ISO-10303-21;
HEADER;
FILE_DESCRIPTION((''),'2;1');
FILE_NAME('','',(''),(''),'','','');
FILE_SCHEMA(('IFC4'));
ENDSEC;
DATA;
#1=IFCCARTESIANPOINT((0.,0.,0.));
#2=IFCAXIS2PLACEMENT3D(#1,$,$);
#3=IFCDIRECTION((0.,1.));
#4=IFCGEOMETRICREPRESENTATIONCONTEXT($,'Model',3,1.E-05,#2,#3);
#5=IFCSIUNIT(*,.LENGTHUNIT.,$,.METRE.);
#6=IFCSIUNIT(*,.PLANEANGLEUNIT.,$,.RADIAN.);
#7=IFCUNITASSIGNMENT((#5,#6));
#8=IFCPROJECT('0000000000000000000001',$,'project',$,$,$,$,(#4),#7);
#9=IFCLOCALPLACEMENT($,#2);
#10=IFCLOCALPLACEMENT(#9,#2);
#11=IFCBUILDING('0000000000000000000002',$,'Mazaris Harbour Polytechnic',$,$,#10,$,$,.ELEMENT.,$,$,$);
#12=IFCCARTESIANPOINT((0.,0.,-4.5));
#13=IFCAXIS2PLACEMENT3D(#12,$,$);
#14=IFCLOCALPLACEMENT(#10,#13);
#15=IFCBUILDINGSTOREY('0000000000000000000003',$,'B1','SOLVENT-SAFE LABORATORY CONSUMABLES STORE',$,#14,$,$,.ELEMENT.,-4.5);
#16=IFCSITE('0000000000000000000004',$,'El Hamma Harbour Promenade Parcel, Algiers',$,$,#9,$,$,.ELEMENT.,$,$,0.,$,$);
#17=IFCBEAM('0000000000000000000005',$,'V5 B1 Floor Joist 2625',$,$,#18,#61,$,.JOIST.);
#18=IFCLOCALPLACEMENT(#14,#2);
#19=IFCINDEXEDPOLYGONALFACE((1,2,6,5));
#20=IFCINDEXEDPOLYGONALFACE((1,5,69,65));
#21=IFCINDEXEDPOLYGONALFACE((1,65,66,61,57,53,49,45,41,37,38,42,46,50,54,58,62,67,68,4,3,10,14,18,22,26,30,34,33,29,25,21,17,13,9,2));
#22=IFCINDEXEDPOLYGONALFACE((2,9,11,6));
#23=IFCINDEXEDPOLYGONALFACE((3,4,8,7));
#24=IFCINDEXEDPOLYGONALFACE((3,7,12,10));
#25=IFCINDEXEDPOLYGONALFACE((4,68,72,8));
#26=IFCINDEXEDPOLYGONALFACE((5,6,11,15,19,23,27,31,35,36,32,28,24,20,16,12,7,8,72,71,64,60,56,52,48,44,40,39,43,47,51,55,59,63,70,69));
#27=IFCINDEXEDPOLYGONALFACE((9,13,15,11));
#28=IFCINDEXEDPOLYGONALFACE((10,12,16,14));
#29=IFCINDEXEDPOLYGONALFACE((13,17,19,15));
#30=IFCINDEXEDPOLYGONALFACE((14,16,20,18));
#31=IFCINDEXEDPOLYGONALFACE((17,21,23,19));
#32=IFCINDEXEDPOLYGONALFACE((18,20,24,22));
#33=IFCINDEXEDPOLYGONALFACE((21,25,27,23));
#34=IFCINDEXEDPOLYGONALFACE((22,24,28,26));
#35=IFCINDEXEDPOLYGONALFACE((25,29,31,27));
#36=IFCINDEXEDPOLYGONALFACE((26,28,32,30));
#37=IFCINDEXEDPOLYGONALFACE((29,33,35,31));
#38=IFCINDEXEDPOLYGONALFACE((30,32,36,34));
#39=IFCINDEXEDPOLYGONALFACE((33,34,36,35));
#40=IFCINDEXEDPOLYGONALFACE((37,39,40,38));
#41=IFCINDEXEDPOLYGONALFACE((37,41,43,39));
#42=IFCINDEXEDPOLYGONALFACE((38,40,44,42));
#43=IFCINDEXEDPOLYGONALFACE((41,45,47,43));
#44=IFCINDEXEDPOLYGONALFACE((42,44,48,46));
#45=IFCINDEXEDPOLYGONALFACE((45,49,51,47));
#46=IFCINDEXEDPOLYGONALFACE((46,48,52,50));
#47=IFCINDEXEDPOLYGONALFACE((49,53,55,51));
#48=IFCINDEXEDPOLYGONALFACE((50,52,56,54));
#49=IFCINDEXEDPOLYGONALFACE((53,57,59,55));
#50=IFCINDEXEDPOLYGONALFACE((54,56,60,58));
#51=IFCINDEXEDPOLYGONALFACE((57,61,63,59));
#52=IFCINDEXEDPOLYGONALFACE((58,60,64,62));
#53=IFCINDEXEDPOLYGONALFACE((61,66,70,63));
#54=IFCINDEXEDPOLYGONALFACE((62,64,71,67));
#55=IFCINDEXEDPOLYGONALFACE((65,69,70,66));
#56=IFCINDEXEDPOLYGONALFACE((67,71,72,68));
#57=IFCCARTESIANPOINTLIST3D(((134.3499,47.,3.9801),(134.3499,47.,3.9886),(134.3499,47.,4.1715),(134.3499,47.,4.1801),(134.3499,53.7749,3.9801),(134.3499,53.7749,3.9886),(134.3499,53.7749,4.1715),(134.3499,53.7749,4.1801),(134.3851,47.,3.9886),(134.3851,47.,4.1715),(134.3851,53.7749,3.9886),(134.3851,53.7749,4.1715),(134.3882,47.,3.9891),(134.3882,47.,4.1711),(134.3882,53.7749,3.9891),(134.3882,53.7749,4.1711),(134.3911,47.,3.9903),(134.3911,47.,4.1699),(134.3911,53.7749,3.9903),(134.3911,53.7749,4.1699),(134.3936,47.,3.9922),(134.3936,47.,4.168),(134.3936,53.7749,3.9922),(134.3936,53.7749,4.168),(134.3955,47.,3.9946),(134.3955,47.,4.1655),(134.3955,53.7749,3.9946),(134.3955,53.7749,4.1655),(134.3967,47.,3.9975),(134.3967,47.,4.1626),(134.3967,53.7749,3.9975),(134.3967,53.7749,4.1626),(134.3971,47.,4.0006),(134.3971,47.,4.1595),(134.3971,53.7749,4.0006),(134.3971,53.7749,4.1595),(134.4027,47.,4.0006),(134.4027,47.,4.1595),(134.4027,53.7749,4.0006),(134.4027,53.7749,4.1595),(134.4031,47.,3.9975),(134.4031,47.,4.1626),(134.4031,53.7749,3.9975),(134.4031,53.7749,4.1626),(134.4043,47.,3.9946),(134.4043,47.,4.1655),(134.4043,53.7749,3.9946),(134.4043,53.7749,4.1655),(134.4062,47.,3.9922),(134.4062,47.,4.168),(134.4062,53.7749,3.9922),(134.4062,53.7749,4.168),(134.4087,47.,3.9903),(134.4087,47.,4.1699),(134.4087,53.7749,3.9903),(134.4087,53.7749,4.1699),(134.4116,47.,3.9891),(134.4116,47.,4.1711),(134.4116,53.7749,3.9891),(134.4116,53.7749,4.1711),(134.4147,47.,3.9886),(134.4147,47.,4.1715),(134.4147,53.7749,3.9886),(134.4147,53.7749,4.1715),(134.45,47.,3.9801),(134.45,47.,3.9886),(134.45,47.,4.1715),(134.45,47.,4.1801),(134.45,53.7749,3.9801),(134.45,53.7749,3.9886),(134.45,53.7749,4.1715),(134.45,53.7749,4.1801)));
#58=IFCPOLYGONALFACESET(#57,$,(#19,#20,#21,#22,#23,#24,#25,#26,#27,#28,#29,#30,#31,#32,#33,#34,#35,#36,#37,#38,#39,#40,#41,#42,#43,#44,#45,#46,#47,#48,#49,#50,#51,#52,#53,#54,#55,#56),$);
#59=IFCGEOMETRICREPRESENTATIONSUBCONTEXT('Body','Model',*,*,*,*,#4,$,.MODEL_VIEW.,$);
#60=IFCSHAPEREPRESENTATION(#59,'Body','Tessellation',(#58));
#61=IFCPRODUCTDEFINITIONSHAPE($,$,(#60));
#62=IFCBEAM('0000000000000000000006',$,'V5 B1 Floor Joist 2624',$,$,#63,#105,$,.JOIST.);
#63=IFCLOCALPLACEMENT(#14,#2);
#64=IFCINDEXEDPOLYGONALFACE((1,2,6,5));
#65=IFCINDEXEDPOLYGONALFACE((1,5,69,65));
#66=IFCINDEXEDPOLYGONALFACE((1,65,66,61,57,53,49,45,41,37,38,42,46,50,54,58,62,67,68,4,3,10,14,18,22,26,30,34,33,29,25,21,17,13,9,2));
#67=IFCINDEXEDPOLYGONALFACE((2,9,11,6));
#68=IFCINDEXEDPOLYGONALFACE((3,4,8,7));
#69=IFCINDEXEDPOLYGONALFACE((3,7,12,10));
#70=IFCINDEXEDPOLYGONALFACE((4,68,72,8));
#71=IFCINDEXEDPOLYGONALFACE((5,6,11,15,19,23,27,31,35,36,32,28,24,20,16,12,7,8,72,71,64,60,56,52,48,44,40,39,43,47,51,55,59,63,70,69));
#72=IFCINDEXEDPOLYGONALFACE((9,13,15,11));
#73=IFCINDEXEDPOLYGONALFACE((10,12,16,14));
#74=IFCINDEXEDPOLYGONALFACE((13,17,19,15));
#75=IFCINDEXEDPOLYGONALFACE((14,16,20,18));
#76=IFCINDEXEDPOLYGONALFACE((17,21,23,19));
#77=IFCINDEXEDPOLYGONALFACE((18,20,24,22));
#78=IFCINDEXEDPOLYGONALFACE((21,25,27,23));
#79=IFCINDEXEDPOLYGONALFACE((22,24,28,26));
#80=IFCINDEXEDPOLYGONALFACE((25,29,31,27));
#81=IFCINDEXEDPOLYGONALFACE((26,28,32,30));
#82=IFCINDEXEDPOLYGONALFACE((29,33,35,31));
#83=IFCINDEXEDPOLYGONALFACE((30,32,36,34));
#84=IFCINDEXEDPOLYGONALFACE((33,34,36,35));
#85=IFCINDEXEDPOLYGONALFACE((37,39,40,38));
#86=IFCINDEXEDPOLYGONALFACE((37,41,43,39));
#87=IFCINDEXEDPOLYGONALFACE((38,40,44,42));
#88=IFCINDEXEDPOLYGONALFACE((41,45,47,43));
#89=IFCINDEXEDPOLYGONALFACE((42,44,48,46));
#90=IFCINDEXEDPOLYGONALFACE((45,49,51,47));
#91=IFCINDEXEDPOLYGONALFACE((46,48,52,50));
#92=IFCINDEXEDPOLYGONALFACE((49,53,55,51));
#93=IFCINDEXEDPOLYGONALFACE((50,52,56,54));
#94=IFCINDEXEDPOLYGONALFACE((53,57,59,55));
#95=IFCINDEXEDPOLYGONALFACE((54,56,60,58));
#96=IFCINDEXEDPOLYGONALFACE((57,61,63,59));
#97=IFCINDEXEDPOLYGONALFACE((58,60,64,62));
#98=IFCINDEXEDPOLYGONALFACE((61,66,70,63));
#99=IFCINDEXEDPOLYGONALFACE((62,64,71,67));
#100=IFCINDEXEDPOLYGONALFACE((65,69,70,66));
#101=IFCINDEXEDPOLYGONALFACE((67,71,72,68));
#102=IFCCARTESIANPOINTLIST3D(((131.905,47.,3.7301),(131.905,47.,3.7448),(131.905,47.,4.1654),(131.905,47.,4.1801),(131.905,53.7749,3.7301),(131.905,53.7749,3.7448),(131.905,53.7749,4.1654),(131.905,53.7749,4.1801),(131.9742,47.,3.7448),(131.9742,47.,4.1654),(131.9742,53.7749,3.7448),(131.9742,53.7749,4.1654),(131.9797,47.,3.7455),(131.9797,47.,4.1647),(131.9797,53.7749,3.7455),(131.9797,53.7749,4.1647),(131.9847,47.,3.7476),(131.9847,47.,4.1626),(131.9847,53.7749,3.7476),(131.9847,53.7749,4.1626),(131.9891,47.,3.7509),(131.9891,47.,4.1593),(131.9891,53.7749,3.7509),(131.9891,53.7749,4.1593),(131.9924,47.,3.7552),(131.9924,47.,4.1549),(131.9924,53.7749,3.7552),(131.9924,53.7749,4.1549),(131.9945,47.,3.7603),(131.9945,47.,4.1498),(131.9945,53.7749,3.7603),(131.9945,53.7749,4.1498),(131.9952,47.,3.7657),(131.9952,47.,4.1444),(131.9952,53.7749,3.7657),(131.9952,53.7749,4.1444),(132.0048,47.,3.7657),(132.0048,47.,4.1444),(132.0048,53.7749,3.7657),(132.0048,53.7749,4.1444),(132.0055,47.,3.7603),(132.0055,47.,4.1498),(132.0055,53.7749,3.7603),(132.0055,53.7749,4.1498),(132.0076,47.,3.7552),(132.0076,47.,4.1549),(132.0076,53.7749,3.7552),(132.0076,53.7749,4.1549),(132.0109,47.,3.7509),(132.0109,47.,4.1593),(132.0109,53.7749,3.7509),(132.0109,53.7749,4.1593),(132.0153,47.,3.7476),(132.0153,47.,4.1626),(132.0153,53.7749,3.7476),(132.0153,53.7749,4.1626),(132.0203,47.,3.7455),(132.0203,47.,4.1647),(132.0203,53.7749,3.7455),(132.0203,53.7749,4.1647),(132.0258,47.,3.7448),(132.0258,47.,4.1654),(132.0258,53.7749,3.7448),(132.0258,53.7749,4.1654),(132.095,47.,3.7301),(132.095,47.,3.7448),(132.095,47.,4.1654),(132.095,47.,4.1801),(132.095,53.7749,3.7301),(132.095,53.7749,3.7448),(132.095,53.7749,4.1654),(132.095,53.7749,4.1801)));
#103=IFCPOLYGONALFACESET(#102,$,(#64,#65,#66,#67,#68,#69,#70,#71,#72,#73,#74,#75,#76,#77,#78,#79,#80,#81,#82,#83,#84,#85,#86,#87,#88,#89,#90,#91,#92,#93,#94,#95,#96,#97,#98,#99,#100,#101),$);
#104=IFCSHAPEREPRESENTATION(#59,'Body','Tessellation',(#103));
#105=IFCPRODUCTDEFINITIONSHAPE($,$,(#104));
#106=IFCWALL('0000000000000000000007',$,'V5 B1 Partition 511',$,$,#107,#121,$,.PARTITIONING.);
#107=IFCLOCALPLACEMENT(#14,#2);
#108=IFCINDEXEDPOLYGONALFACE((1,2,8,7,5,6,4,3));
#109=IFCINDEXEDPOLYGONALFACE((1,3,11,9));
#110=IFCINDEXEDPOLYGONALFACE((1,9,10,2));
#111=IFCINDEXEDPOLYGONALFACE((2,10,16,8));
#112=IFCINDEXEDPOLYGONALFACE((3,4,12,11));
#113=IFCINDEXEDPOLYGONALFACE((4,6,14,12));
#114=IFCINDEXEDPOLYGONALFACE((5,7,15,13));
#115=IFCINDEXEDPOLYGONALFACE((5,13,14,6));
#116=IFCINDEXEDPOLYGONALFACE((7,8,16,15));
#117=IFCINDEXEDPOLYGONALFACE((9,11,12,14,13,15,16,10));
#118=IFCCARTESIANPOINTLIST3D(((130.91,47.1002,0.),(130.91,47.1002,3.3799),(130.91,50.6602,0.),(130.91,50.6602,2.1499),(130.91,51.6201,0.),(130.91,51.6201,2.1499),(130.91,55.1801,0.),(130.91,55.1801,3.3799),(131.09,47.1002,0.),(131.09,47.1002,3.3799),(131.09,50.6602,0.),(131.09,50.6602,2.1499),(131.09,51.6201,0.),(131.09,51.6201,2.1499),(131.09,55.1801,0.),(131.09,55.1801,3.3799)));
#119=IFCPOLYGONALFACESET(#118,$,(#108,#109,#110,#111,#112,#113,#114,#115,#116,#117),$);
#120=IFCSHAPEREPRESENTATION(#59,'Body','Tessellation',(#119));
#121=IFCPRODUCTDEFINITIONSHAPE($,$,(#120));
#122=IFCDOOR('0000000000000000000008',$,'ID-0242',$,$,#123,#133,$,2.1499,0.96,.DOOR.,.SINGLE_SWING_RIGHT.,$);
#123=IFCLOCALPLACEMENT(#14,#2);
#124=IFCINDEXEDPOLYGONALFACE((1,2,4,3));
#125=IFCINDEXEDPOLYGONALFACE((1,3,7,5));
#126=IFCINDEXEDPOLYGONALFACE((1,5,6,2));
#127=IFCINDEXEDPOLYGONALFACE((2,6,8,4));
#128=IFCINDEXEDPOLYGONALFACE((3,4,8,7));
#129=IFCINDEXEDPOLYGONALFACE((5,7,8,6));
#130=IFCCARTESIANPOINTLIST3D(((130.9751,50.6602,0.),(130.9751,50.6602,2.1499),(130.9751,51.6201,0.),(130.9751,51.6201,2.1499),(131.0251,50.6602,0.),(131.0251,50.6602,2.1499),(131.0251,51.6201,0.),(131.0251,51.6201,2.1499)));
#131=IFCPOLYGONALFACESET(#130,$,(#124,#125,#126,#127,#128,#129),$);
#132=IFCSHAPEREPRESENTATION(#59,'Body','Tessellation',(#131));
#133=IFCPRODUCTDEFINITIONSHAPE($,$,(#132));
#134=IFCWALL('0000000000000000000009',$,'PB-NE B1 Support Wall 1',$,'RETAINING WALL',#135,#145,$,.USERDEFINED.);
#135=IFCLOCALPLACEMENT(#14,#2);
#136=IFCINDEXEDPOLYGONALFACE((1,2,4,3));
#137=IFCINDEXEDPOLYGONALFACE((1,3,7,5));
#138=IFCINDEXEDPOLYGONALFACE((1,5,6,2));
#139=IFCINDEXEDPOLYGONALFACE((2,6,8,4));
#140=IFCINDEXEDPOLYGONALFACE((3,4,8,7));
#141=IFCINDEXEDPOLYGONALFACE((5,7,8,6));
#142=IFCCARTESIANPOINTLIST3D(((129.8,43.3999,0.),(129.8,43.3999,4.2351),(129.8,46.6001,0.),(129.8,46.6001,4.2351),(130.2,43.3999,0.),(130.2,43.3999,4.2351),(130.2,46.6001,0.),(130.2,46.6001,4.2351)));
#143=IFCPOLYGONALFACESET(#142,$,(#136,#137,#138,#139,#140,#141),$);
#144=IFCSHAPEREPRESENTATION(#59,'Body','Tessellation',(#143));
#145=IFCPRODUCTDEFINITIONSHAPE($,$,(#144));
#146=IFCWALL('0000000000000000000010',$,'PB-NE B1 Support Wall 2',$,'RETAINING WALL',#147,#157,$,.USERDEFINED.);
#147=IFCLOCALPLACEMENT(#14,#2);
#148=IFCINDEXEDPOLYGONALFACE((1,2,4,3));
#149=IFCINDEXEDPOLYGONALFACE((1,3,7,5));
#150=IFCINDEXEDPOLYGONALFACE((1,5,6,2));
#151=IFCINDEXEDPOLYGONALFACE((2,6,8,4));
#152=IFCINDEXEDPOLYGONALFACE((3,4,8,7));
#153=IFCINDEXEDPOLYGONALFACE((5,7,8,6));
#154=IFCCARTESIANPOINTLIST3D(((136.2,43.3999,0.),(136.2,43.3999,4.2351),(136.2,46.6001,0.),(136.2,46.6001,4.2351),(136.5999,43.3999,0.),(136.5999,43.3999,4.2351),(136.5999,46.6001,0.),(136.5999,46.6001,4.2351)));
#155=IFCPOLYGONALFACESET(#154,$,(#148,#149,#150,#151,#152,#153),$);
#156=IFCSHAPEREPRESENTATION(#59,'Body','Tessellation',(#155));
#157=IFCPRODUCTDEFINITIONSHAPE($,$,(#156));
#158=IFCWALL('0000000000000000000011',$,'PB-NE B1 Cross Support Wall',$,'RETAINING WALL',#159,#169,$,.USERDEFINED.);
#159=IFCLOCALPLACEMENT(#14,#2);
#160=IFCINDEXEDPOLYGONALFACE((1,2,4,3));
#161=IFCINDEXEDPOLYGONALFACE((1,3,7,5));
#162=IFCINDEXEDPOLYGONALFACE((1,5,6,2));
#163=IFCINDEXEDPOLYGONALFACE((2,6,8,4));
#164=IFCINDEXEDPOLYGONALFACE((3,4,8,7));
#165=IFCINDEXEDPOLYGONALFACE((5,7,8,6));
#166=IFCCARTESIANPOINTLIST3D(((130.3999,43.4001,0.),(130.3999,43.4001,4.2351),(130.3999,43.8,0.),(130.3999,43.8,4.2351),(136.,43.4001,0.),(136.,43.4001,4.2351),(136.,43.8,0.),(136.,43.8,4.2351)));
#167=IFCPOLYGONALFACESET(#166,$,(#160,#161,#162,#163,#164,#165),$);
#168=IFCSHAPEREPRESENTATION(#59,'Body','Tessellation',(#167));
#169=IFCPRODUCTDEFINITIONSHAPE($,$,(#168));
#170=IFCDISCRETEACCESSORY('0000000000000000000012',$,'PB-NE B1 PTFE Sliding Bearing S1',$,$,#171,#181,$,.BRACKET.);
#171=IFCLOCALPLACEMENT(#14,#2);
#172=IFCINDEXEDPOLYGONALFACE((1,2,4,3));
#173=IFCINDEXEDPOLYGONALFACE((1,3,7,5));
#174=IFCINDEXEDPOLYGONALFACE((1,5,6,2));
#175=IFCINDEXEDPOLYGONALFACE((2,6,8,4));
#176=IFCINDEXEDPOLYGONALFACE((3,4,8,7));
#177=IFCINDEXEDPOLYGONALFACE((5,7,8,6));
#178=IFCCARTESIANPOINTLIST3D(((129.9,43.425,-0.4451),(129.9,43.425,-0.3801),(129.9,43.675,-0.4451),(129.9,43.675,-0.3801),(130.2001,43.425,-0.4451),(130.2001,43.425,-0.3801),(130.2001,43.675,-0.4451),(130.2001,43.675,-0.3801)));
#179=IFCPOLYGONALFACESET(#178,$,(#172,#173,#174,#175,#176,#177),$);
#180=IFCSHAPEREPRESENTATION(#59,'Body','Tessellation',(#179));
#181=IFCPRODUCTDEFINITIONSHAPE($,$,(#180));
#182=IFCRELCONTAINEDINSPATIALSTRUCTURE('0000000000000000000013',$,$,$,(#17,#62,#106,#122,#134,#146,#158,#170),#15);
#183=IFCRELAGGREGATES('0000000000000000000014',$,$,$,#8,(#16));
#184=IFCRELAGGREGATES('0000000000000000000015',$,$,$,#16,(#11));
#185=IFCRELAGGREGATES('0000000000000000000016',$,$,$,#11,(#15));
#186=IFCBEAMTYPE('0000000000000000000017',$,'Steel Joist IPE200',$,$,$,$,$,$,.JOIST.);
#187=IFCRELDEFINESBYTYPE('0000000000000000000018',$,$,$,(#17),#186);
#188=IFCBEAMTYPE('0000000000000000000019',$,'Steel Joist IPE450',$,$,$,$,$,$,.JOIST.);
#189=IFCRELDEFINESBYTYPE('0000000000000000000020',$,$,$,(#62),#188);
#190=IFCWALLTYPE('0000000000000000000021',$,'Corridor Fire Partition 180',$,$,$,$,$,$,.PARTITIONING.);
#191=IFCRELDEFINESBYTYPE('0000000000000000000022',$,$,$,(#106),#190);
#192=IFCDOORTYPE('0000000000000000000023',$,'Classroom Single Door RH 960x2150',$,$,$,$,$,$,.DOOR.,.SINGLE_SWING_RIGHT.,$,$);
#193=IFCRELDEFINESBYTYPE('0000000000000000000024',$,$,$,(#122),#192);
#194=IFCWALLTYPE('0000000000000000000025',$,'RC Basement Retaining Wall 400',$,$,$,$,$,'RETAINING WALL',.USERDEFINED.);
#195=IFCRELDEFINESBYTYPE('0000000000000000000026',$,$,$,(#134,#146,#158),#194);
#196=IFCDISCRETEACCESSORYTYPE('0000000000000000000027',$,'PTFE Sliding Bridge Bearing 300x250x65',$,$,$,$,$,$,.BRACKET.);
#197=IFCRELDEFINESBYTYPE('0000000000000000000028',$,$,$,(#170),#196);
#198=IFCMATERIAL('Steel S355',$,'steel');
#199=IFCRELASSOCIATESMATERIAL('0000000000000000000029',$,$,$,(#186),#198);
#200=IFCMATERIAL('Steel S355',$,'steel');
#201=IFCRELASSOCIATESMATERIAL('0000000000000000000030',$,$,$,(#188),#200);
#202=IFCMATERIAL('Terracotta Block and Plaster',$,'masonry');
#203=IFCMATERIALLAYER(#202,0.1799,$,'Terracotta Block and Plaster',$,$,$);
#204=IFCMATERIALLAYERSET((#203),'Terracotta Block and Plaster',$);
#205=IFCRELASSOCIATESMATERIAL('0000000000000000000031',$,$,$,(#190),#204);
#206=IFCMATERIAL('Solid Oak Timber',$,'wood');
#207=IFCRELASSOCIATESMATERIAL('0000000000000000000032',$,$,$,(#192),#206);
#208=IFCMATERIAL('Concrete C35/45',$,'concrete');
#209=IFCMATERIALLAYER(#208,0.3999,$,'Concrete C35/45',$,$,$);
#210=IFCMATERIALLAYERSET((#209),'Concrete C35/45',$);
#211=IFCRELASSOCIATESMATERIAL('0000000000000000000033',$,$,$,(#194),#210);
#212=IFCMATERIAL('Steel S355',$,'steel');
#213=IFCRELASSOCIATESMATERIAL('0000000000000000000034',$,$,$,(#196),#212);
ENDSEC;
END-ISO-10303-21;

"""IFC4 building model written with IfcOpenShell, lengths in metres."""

from ifc_helpers import new_model, si_unit, direction, frame, frame_2d, origin, origin_2d, place, context, subcontext, project, spatial, rectangle, i_section, extrude, material, layer, layer_set, material_profile, profile_set, type_object, element, fill, save


model = new_model("IFC4")

# Units and contexts
model_context = context("Model", 3, precision=1e-05, world=origin(), true_north=direction((0.0, 1.0)))
body_context = subcontext(model_context, "Body", "Model", "MODEL_VIEW")
ifc_project = project(units=[si_unit("LENGTHUNIT", "METRE"), si_unit("PLANEANGLEUNIT", "RADIAN")], contexts=[model_context])

# Site, building, storey
site_placement = place(None, origin())
site = spatial("IfcSite", under=ifc_project, at=site_placement, Name="El Hamma Harbour Promenade Parcel, Algiers", CompositionType="ELEMENT", RefElevation=0.0)
building_placement = place(site_placement, origin())
building = spatial("IfcBuilding", under=site, at=building_placement, Name="Mazaris Harbour Polytechnic", CompositionType="ELEMENT")
storey_placement = place(building_placement, frame((0.0, 0.0, -4.5)))
storey = spatial("IfcBuildingStorey", under=building, at=storey_placement, Name="B1", Description="SOLVENT-SAFE LABORATORY CONSUMABLES STORE", CompositionType="ELEMENT", Elevation=-4.5)

# Beams
ifc_material_1 = material(Name="Steel S355", Category="steel")
ifc_material_profile_1 = material_profile(ifc_material_1, i_section(OverallWidth=0.1001, OverallDepth=0.2, WebThickness=0.0056, FlangeThickness=0.0085, FilletRadius=0.012, at=origin_2d()), Name="IPE 200")
ifc_profile_set_1 = profile_set([ifc_material_profile_1], Name="Steel S355")
beam_type_1 = type_object("IfcBeamType", Name="Steel Joist IPE200", PredefinedType="JOIST", material=ifc_profile_set_1)
beam_1_placement = place(storey_placement, frame((134.3999, 47.0, 4.0801), z_axis=(0.0, 1.0, 0.0), x_axis=(-1.0, 0.0, 0.0)))
element("IfcBeam", 1, at=beam_1_placement, inside=storey, type_object=beam_type_1, Name="V5 B1 Floor Joist 2625", PredefinedType="JOIST", context=body_context, shape_type="SweptSolid", body=[
    extrude(i_section(OverallWidth=0.1001, OverallDepth=0.2, WebThickness=0.0056, FlangeThickness=0.0085, FilletRadius=0.012, at=origin_2d()), origin(), (0.0, 0.0, 1.0), 6.7749),
])
ifc_material_2 = material(Name="Steel S355", Category="steel")
ifc_material_profile_2 = material_profile(ifc_material_2, i_section(OverallWidth=0.1899, OverallDepth=0.45, WebThickness=0.0095, FlangeThickness=0.0146, FilletRadius=0.021, at=origin_2d()), Name="IPE 450")
ifc_profile_set_2 = profile_set([ifc_material_profile_2], Name="Steel S355")
beam_type_2 = type_object("IfcBeamType", Name="Steel Joist IPE450", PredefinedType="JOIST", material=ifc_profile_set_2)
beam_2_placement = place(storey_placement, frame((132.0, 47.0, 3.9551), z_axis=(0.0, 1.0, 0.0), x_axis=(-1.0, 0.0, 0.0)))
element("IfcBeam", 2, at=beam_2_placement, inside=storey, type_object=beam_type_2, Name="V5 B1 Floor Joist 2624", PredefinedType="JOIST", context=body_context, shape_type="SweptSolid", body=[
    extrude(i_section(OverallWidth=0.1899, OverallDepth=0.45, WebThickness=0.0095, FlangeThickness=0.0146, FilletRadius=0.021, at=origin_2d()), origin(), (0.0, 0.0, 1.0), 6.7749),
])

# Wall, opening, door
ifc_material_3 = material(Name="Terracotta Block and Plaster", Category="masonry")
ifc_layer_1 = layer(ifc_material_3, 0.1799, Name="Terracotta Block and Plaster")
ifc_layer_set_1 = layer_set([ifc_layer_1], Name="Terracotta Block and Plaster")
wall_type_1 = type_object("IfcWallType", Name="Corridor Fire Partition 180", PredefinedType="PARTITIONING", material=ifc_layer_set_1)
wall_1_placement = place(storey_placement, frame((131.0, 47.1001, 0.0), z_axis=(0.0, 0.0, 1.0), x_axis=(0.0, 1.0, 0.0)))
wall_1 = element("IfcWall", 3, at=wall_1_placement, inside=storey, type_object=wall_type_1, Name="V5 B1 Partition 511", PredefinedType="PARTITIONING", context=body_context, shape_type="SweptSolid", body=[
    extrude(rectangle(XDim=8.0798, YDim=0.1799, at=frame_2d((4.04, 0.0))), origin(), (0.0, 0.0, 1.0), 3.3799),
])
opening_placement = place(wall_1_placement, frame((3.5601, 0.0, 0.0)))
opening = element("IfcOpeningElement", 4, at=opening_placement, cuts=wall_1, PredefinedType="OPENING", context=body_context, shape_type="SweptSolid", body=[
    extrude(rectangle(XDim=0.96, YDim=2.1499, at=frame_2d((0.48, 1.075))), frame((0.0, 0.0999, 0.0), z_axis=(0.0, -1.0, 0.0), x_axis=(1.0, 0.0, 0.0)), (0.0, 0.0, 1.0), 0.2),
])
ifc_material_4 = material(Name="Solid Oak Timber", Category="wood")
door_type = type_object("IfcDoorType", Name="Classroom Single Door RH 960x2150", OperationType="SINGLE_SWING_RIGHT", PredefinedType="DOOR", material=ifc_material_4)
door_placement = place(opening_placement, origin())
door = element("IfcDoor", 5, at=door_placement, inside=storey, type_object=door_type, Name="ID-0242", OperationType="SINGLE_SWING_RIGHT", OverallHeight=2.1499, OverallWidth=0.96, PredefinedType="DOOR", context=body_context, shape_type="SweptSolid", body=[
    extrude(rectangle(XDim=0.96, YDim=2.1499, at=frame_2d((0.48, 1.075))), frame((0.0, 0.0249, 0.0), z_axis=(0.0, -1.0, 0.0), x_axis=(1.0, 0.0, 0.0)), (0.0, 0.0, 1.0), 0.05),
])
fill(opening, door)

# Walls
ifc_material_5 = material(Name="Concrete C35/45", Category="concrete")
ifc_layer_2 = layer(ifc_material_5, 0.3999, Name="Concrete C35/45")
ifc_layer_set_2 = layer_set([ifc_layer_2], Name="Concrete C35/45")
wall_type_2 = type_object("IfcWallType", Name="RC Basement Retaining Wall 400", ElementType="RETAINING WALL", PredefinedType="USERDEFINED", material=ifc_layer_set_2)
for number, where, z_axis, x_axis, name in (
    (6, (130.0, 43.3999, 0.0), (0.0, 0.0, 1.0), (0.0, 1.0, 0.0), "PB-NE B1 Support Wall 1"),
    (7, (136.3999, 43.3999, 0.0), (0.0, 0.0, 1.0), (0.0, 1.0, 0.0), "PB-NE B1 Support Wall 2"),
):
    element("IfcWall", number, at=place(storey_placement, frame(where, z_axis=z_axis, x_axis=x_axis)), inside=storey, type_object=wall_type_2, Name=name, ObjectType="RETAINING WALL", PredefinedType="USERDEFINED", context=body_context, shape_type="SweptSolid", body=[
        extrude(rectangle(XDim=3.2002, YDim=0.3999, at=frame_2d((1.6001, 0.0))), origin(), (0.0, 0.0, 1.0), 4.2351),
    ])
wall_2_placement = place(storey_placement, frame((130.3999, 43.6001, 0.0), z_axis=(0.0, 0.0, 1.0), x_axis=(1.0, 0.0, 0.0)))
element("IfcWall", 8, at=wall_2_placement, inside=storey, type_object=wall_type_2, Name="PB-NE B1 Cross Support Wall", ObjectType="RETAINING WALL", PredefinedType="USERDEFINED", context=body_context, shape_type="SweptSolid", body=[
    extrude(rectangle(XDim=5.6001, YDim=0.3999, at=frame_2d((2.8, 0.0))), origin(), (0.0, 0.0, 1.0), 4.2351),
])

# Discrete accessory
ifc_material_6 = material(Name="Steel S355", Category="steel")
discrete_accessory_type = type_object("IfcDiscreteAccessoryType", Name="PTFE Sliding Bridge Bearing 300x250x65", PredefinedType="BRACKET", material=ifc_material_6)
for number, where, z_axis, x_axis, name in (
    (9, (130.05, 43.55, -0.4451), (0.0, 0.0, 1.0), (1.0, 0.0, 0.0), "PB-NE B1 PTFE Sliding Bearing S1"),
):
    element("IfcDiscreteAccessory", number, at=place(storey_placement, frame(where, z_axis=z_axis, x_axis=x_axis)), inside=storey, type_object=discrete_accessory_type, Name=name, PredefinedType="BRACKET", context=body_context, shape_type="SweptSolid", body=[
        extrude(rectangle(XDim=0.3, YDim=0.25, at=origin_2d()), origin(), (0.0, 0.0, 1.0), 0.0649),
    ])

save(model, "model.ifc")
